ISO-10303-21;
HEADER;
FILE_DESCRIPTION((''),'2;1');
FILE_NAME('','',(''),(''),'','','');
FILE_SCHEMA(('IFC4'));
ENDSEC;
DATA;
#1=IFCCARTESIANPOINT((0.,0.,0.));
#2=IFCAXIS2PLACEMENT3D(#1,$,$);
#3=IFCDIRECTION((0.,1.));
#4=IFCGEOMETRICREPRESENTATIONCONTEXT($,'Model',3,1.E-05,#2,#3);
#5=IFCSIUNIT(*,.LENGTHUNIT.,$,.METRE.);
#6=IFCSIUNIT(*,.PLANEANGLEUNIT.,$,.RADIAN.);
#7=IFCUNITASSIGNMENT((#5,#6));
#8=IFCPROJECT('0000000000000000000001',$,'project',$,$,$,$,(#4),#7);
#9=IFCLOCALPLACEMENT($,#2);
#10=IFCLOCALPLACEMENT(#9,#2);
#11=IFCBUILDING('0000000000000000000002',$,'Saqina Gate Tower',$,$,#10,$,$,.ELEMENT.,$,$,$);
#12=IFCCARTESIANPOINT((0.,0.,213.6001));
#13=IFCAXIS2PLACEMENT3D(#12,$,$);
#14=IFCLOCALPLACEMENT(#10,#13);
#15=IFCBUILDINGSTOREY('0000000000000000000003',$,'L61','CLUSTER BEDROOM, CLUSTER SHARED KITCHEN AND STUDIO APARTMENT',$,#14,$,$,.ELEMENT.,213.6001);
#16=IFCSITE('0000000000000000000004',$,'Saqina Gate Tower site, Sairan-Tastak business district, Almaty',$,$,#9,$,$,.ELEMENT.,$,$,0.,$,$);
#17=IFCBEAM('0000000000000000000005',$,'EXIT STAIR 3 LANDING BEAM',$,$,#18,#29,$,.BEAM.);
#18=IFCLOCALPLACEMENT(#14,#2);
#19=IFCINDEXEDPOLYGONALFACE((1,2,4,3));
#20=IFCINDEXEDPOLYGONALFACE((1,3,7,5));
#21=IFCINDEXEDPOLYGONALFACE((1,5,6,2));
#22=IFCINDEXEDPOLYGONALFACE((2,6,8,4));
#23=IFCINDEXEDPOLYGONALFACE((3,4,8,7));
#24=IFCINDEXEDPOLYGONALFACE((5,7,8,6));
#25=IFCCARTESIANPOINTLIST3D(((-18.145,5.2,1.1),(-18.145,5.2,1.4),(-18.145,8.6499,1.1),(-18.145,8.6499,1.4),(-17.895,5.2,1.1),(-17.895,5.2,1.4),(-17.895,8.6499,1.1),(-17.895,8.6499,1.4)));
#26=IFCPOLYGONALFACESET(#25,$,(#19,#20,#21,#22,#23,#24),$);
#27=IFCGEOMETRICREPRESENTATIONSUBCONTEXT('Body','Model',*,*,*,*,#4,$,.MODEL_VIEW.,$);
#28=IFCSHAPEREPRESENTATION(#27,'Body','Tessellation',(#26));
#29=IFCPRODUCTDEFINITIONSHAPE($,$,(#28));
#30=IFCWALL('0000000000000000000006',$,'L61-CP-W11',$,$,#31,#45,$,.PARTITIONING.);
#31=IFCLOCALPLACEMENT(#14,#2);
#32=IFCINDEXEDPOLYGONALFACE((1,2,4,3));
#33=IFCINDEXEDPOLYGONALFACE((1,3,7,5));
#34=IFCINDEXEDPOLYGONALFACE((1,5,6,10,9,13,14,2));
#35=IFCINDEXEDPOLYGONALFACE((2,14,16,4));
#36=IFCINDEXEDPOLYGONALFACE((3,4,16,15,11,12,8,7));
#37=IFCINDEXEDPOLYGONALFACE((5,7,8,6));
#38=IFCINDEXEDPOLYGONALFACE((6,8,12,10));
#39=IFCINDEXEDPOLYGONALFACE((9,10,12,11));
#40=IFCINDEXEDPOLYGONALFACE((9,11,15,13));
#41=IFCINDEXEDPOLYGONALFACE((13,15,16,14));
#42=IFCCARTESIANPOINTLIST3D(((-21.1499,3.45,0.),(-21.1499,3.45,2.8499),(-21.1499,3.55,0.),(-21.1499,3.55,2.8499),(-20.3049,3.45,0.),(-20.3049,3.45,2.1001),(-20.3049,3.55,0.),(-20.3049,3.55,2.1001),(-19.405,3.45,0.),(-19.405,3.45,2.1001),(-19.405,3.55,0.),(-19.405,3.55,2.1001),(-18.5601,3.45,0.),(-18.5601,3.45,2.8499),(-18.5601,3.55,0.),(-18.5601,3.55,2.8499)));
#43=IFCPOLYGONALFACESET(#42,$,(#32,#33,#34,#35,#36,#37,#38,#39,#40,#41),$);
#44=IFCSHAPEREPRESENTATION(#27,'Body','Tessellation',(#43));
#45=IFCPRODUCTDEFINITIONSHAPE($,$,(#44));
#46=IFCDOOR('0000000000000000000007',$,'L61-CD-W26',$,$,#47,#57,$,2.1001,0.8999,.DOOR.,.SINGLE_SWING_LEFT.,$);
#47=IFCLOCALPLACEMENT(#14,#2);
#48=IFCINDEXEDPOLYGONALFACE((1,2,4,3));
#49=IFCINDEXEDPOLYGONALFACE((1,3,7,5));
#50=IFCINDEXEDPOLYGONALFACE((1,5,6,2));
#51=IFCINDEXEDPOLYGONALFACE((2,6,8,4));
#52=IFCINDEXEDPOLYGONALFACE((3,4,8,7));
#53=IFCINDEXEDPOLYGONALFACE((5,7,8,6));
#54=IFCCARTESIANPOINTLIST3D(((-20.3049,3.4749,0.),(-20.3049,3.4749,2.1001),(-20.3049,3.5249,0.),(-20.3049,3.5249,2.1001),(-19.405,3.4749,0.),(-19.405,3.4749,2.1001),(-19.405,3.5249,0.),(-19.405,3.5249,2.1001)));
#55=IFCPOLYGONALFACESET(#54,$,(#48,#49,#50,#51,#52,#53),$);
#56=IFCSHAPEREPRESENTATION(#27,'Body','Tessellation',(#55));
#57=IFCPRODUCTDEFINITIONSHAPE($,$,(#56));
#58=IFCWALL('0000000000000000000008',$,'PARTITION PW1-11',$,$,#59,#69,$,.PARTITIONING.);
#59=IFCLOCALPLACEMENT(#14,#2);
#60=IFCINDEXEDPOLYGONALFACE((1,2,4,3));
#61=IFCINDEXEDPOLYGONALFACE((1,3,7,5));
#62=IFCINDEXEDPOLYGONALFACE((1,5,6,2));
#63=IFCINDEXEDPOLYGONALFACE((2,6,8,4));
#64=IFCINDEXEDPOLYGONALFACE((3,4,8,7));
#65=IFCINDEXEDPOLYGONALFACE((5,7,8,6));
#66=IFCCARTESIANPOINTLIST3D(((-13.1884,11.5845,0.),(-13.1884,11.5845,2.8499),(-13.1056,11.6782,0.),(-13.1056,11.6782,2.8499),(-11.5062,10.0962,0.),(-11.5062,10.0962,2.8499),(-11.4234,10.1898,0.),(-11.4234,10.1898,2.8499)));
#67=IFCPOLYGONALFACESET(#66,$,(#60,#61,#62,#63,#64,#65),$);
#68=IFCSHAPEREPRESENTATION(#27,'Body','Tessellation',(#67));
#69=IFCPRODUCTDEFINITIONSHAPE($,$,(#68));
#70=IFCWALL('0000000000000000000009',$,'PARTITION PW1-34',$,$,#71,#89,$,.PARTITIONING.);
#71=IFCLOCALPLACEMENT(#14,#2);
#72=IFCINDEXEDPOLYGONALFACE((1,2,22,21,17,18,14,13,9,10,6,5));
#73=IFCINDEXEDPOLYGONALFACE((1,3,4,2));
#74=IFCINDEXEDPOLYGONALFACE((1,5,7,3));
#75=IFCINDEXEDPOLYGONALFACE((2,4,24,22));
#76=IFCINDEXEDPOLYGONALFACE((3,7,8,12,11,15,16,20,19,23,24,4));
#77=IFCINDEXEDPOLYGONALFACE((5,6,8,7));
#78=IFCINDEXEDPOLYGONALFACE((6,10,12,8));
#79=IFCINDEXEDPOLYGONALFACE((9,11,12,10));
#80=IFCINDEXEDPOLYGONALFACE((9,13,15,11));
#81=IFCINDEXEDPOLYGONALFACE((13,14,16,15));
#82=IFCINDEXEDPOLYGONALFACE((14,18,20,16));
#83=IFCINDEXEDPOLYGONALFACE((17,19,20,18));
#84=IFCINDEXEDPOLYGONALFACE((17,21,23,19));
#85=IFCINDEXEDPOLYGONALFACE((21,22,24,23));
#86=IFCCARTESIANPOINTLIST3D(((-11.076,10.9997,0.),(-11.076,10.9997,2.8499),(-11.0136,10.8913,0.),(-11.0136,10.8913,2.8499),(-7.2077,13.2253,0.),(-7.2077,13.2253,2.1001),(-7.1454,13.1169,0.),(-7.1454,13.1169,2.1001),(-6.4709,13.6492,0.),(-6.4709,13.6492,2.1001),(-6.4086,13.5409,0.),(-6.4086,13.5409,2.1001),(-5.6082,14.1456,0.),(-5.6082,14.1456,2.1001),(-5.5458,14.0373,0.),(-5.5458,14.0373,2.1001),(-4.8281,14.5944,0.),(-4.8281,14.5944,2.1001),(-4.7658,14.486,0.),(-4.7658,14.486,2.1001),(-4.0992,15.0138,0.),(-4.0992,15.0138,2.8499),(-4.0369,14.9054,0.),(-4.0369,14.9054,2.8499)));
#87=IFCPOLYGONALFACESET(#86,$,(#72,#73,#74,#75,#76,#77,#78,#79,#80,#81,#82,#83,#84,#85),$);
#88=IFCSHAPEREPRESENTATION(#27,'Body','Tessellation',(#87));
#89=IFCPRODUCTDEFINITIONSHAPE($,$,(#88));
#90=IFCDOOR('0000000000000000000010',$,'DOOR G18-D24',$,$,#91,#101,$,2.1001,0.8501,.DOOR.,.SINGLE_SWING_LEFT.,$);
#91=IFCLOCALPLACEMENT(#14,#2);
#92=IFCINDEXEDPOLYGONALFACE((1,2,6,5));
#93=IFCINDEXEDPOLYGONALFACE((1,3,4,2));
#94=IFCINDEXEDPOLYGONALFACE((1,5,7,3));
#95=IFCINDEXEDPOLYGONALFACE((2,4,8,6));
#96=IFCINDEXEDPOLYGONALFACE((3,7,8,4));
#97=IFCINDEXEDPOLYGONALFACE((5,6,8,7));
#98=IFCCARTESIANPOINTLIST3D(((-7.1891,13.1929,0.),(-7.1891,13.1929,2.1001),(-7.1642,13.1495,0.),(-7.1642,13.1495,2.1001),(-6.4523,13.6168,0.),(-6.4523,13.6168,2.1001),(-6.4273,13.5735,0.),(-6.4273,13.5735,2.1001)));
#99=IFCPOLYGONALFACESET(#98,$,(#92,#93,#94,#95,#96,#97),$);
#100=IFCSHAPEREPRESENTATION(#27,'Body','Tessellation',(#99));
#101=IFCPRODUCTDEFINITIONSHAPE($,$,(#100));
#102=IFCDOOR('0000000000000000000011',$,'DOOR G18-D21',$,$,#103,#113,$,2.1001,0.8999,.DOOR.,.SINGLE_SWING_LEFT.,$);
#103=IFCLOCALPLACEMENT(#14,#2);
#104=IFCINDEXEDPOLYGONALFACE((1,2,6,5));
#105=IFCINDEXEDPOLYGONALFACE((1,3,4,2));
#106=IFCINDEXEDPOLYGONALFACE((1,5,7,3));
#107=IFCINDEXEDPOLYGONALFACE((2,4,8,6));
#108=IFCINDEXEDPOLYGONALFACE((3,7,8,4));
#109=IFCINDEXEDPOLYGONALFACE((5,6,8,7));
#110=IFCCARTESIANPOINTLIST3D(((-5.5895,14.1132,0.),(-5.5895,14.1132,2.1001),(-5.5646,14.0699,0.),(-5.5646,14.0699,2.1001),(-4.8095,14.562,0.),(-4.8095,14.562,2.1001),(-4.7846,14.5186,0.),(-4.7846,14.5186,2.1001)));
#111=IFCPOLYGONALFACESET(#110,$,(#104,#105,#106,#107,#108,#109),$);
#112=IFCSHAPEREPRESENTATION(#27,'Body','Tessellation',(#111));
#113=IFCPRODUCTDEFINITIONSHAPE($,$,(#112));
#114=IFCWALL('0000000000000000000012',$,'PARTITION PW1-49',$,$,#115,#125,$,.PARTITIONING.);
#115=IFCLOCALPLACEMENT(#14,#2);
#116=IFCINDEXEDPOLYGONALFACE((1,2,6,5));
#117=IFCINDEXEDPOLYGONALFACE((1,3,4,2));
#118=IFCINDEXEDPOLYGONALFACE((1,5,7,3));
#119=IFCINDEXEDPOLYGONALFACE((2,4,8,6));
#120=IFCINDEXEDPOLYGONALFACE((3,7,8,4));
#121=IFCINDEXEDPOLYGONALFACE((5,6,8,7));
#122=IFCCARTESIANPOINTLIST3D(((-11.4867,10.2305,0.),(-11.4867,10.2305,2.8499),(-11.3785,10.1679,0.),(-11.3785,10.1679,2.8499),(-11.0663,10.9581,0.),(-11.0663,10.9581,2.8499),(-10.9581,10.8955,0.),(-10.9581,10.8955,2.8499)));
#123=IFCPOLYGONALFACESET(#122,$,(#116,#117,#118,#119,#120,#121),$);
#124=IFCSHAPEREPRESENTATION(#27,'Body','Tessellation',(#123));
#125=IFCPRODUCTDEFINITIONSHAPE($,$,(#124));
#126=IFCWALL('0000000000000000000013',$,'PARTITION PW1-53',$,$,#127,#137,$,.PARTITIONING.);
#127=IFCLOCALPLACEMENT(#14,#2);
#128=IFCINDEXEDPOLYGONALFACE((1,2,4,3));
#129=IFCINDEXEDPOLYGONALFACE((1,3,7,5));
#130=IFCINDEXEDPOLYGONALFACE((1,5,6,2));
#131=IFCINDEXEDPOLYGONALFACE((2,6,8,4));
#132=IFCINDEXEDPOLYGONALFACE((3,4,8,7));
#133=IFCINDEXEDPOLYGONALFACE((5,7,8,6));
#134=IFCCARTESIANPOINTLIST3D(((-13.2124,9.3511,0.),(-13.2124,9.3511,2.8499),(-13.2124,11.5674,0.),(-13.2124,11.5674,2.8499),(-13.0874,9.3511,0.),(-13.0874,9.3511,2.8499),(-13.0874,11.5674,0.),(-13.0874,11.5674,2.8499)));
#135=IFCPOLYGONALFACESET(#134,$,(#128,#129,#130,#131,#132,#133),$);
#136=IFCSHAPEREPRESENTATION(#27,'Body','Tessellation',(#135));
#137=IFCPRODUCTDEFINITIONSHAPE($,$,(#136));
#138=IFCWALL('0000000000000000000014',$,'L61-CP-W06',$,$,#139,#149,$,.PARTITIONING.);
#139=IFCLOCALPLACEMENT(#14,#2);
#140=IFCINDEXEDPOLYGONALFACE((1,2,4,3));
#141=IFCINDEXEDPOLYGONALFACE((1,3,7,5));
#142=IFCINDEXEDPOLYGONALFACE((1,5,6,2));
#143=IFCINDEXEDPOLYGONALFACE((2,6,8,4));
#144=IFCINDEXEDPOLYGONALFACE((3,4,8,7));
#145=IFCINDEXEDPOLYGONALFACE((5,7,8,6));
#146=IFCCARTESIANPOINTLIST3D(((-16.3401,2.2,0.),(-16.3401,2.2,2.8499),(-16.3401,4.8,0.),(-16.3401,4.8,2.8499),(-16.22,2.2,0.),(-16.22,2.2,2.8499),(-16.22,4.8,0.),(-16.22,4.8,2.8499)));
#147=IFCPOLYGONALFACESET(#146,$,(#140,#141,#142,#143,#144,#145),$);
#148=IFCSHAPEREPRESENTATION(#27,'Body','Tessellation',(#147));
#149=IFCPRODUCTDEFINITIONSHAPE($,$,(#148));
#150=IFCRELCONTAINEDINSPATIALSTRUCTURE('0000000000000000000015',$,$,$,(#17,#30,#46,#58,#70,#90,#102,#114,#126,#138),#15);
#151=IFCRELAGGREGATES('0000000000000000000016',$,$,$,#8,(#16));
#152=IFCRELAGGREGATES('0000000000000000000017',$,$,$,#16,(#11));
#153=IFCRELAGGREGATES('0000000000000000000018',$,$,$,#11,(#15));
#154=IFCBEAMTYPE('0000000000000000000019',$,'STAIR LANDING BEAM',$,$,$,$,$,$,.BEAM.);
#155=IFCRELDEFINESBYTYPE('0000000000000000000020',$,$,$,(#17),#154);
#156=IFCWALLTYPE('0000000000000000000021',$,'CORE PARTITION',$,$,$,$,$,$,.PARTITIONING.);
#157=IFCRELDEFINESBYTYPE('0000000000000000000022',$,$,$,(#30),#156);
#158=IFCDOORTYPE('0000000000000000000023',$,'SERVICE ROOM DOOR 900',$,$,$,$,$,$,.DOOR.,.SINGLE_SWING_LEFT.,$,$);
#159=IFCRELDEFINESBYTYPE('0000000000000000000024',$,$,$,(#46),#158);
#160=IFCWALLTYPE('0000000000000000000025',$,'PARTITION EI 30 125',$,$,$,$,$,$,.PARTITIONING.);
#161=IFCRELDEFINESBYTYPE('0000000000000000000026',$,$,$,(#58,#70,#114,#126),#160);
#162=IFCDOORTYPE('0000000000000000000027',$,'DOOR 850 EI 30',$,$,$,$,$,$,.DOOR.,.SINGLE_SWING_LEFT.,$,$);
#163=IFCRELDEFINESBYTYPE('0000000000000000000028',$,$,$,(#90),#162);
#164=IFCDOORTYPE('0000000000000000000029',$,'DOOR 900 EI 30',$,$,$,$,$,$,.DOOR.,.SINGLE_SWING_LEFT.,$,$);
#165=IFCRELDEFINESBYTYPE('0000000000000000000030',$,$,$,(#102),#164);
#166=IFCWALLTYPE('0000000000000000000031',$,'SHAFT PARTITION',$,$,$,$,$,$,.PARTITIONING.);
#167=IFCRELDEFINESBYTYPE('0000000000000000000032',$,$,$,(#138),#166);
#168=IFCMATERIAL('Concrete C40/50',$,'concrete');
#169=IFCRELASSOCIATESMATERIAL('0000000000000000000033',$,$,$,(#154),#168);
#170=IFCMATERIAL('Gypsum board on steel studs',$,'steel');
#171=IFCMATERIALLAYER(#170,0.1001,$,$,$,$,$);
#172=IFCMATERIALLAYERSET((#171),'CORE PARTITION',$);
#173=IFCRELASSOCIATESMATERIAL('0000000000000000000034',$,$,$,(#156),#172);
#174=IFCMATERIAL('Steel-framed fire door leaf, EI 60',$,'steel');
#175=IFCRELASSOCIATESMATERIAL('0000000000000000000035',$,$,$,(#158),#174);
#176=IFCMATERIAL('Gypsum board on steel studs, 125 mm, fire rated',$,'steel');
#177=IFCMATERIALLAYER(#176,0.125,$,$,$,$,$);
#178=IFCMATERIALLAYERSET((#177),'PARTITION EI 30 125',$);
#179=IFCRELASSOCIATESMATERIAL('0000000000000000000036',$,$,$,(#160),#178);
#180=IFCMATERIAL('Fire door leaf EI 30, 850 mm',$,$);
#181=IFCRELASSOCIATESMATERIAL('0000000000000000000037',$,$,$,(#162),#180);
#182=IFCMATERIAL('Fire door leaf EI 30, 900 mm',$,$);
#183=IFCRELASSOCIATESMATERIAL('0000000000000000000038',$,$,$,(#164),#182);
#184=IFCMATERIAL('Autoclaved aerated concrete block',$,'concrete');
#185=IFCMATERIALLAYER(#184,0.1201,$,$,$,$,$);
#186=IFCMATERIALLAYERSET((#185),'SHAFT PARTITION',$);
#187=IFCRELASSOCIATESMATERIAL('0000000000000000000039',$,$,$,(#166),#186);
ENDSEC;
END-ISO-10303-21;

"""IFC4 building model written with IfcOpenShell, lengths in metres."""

from ifc_helpers import new_model, si_unit, direction, frame, frame_2d, origin, origin_2d, place, context, subcontext, project, spatial, rectangle, extrude, material, layer, layer_set, material_profile, profile_set, type_object, element, fill, save


model = new_model("IFC4")

# Units and contexts
model_context = context("Model", 3, precision=1e-05, world=origin(), true_north=direction((0.0, 1.0)))
body_context = subcontext(model_context, "Body", "Model", "MODEL_VIEW")
ifc_project = project(units=[si_unit("LENGTHUNIT", "METRE"), si_unit("PLANEANGLEUNIT", "RADIAN")], contexts=[model_context])

# Site, building, storey
site_placement = place(None, origin())
site = spatial("IfcSite", under=ifc_project, at=site_placement, Name="Saqina Gate Tower site, Sairan-Tastak business district, Almaty", CompositionType="ELEMENT", RefElevation=0.0)
building_placement = place(site_placement, origin())
building = spatial("IfcBuilding", under=site, at=building_placement, Name="Saqina Gate Tower", CompositionType="ELEMENT")
storey_placement = place(building_placement, frame((0.0, 0.0, 213.6001)))
storey = spatial("IfcBuildingStorey", under=building, at=storey_placement, Name="L61", Description="CLUSTER BEDROOM, CLUSTER SHARED KITCHEN AND STUDIO APARTMENT", CompositionType="ELEMENT", Elevation=213.6001)

# Beam
ifc_material_1 = material(Name="Concrete C40/50", Category="concrete")
ifc_material_profile = material_profile(ifc_material_1, rectangle(XDim=0.25, YDim=0.3, at=origin_2d()), Name="STAIR LANDING BEAM")
ifc_profile_set = profile_set([ifc_material_profile], Name="Concrete C40/50")
beam_type = type_object("IfcBeamType", Name="STAIR LANDING BEAM", PredefinedType="BEAM", material=ifc_profile_set)
beam_placement = place(storey_placement, frame((-18.02, 5.2, 1.25), z_axis=(0.0, 1.0, 0.0), x_axis=(-1.0, 0.0, 0.0)))
element("IfcBeam", 1, at=beam_placement, inside=storey, type_object=beam_type, Name="EXIT STAIR 3 LANDING BEAM", PredefinedType="BEAM", context=body_context, shape_type="SweptSolid", body=[
    extrude(rectangle(XDim=0.25, YDim=0.3, at=origin_2d()), origin(), (0.0, 0.0, 1.0), 3.45),
])

# Wall, opening, door
ifc_material_2 = material(Name="Gypsum board on steel studs", Category="steel")
ifc_layer_1 = layer(ifc_material_2, 0.1001)
ifc_layer_set_1 = layer_set([ifc_layer_1], Name="CORE PARTITION")
wall_type_1 = type_object("IfcWallType", Name="CORE PARTITION", PredefinedType="PARTITIONING", material=ifc_layer_set_1)
wall_1_placement = place(storey_placement, frame((-18.5601, 3.5, 0.0), z_axis=(0.0, 0.0, 1.0), x_axis=(-1.0, 0.0, 0.0)))
wall_1 = element("IfcWall", 2, at=wall_1_placement, inside=storey, type_object=wall_type_1, Name="L61-CP-W11", PredefinedType="PARTITIONING", context=body_context, shape_type="SweptSolid", body=[
    extrude(rectangle(XDim=2.5898, YDim=0.1001, at=frame_2d((1.2949, 0.0))), origin(), (0.0, 0.0, 1.0), 2.8499),
])
opening_1_placement = place(wall_1_placement, frame((0.845, 0.0, 0.0)))
opening_1 = element("IfcOpeningElement", 3, at=opening_1_placement, cuts=wall_1, PredefinedType="OPENING", context=body_context, shape_type="SweptSolid", body=[
    extrude(rectangle(XDim=0.8999, YDim=2.1001, at=frame_2d((0.45, 1.05))), frame((0.0, 0.062, 0.0), z_axis=(0.0, -1.0, 0.0), x_axis=(1.0, 0.0, 0.0)), (0.0, 0.0, 1.0), 0.124),
])
ifc_material_3 = material(Name="Steel-framed fire door leaf, EI 60", Category="steel")
door_type_1 = type_object("IfcDoorType", Name="SERVICE ROOM DOOR 900", OperationType="SINGLE_SWING_LEFT", PredefinedType="DOOR", material=ifc_material_3)
door_1_placement = place(opening_1_placement, frame((0.8999, 0.0, 0.0), z_axis=(0.0, 0.0, 1.0), x_axis=(-1.0, 0.0, 0.0)))
door_1 = element("IfcDoor", 4, at=door_1_placement, inside=storey, type_object=door_type_1, Name="L61-CD-W26", OperationType="SINGLE_SWING_LEFT", OverallHeight=2.1001, OverallWidth=0.8999, PredefinedType="DOOR", context=body_context, shape_type="SweptSolid", body=[
    extrude(rectangle(XDim=0.8999, YDim=2.1001, at=frame_2d((0.45, 1.05))), frame((0.0, 0.0249, 0.0), z_axis=(0.0, -1.0, 0.0), x_axis=(1.0, 0.0, 0.0)), (0.0, 0.0, 1.0), 0.05),
])
fill(opening_1, door_1)

# Wall
ifc_material_4 = material(Name="Gypsum board on steel studs, 125 mm, fire rated", Category="steel")
ifc_layer_2 = layer(ifc_material_4, 0.125)
ifc_layer_set_2 = layer_set([ifc_layer_2], Name="PARTITION EI 30 125")
wall_type_2 = type_object("IfcWallType", Name="PARTITION EI 30 125", PredefinedType="PARTITIONING", material=ifc_layer_set_2)
wall_2_placement = place(storey_placement, frame((-13.147, 11.6313, 0.0), z_axis=(0.0, 0.0, 1.0), x_axis=(0.748943, -0.662635, 0.0)))
element("IfcWall", 5, at=wall_2_placement, inside=storey, type_object=wall_type_2, Name="PARTITION PW1-11", PredefinedType="PARTITIONING", context=body_context, shape_type="SweptSolid", body=[
    extrude(rectangle(XDim=2.2461, YDim=0.125, at=frame_2d((1.123, 0.0))), origin(), (0.0, 0.0, 1.0), 2.8499),
])

# Wall, openings, doors
wall_3_placement = place(storey_placement, frame((-11.0447, 10.9456, 0.0), z_axis=(0.0, 0.0, 1.0), x_axis=(0.866772, 0.498704, 0.0)))
wall_3 = element("IfcWall", 6, at=wall_3_placement, inside=storey, type_object=wall_type_2, Name="PARTITION PW1-34", PredefinedType="PARTITIONING", context=body_context, shape_type="SweptSolid", body=[
    extrude(rectangle(XDim=8.0491, YDim=0.125, at=frame_2d((4.0244, 0.0))), origin(), (0.0, 0.0, 1.0), 2.8499),
])
opening_2_placement = place(wall_3_placement, frame((6.3081, 0.0, 0.0)))
opening_2 = element("IfcOpeningElement", 7, at=opening_2_placement, cuts=wall_3, PredefinedType="OPENING", context=body_context, shape_type="SweptSolid", body=[
    extrude(rectangle(XDim=0.8999, YDim=2.1001, at=frame_2d((0.45, 1.05))), frame((0.0, 0.0745, 0.0), z_axis=(0.0, -1.0, 0.0), x_axis=(1.0, 0.0, 0.0)), (0.0, 0.0, 1.0), 0.1489),
])
opening_3_placement = place(wall_3_placement, frame((4.4626, 0.0, 0.0)))
opening_3 = element("IfcOpeningElement", 8, at=opening_3_placement, cuts=wall_3, PredefinedType="OPENING", context=body_context, shape_type="SweptSolid", body=[
    extrude(rectangle(XDim=0.8501, YDim=2.1001, at=frame_2d((0.425, 1.05))), frame((0.0, 0.0745, 0.0), z_axis=(0.0, -1.0, 0.0), x_axis=(1.0, 0.0, 0.0)), (0.0, 0.0, 1.0), 0.1489),
])
ifc_material_5 = material(Name="Fire door leaf EI 30, 850 mm")
door_type_2 = type_object("IfcDoorType", Name="DOOR 850 EI 30", OperationType="SINGLE_SWING_LEFT", PredefinedType="DOOR", material=ifc_material_5)
door_2_placement = place(opening_3_placement, frame((0.8501, 0.0, 0.0), z_axis=(0.0, 0.0, 1.0), x_axis=(-1.0, 0.0, 0.0)))
door_2 = element("IfcDoor", 9, at=door_2_placement, inside=storey, type_object=door_type_2, Name="DOOR G18-D24", OperationType="SINGLE_SWING_LEFT", OverallHeight=2.1001, OverallWidth=0.8501, PredefinedType="DOOR", context=body_context, shape_type="SweptSolid", body=[
    extrude(rectangle(XDim=0.8501, YDim=2.1001, at=frame_2d((0.425, 1.05))), frame((0.0, 0.0249, 0.0), z_axis=(0.0, -1.0, 0.0), x_axis=(1.0, 0.0, 0.0)), (0.0, 0.0, 1.0), 0.05),
])
fill(opening_3, door_2)
ifc_material_6 = material(Name="Fire door leaf EI 30, 900 mm")
door_type_3 = type_object("IfcDoorType", Name="DOOR 900 EI 30", OperationType="SINGLE_SWING_LEFT", PredefinedType="DOOR", material=ifc_material_6)
door_3_placement = place(opening_2_placement, frame((0.8999, 0.0, 0.0), z_axis=(0.0, 0.0, 1.0), x_axis=(-1.0, 0.0, 0.0)))
door_3 = element("IfcDoor", 10, at=door_3_placement, inside=storey, type_object=door_type_3, Name="DOOR G18-D21", OperationType="SINGLE_SWING_LEFT", OverallHeight=2.1001, OverallWidth=0.8999, PredefinedType="DOOR", context=body_context, shape_type="SweptSolid", body=[
    extrude(rectangle(XDim=0.8999, YDim=2.1001, at=frame_2d((0.45, 1.05))), frame((0.0, 0.0249, 0.0), z_axis=(0.0, -1.0, 0.0), x_axis=(1.0, 0.0, 0.0)), (0.0, 0.0, 1.0), 0.05),
])
fill(opening_2, door_3)

# Walls
wall_4_placement = place(storey_placement, frame((-11.4326, 10.1992, 0.0), z_axis=(0.0, 0.0, 1.0), x_axis=(0.500326, 0.865837, 0.0)))
element("IfcWall", 11, at=wall_4_placement, inside=storey, type_object=wall_type_2, Name="PARTITION PW1-49", PredefinedType="PARTITIONING", context=body_context, shape_type="SweptSolid", body=[
    extrude(rectangle(XDim=0.8403, YDim=0.125, at=frame_2d((0.4202, 0.0))), origin(), (0.0, 0.0, 1.0), 2.8499),
])
wall_5_placement = place(storey_placement, frame((-13.1499, 9.3511, 0.0), z_axis=(0.0, 0.0, 1.0), x_axis=(0.0, 1.0, 0.0)))
element("IfcWall", 12, at=wall_5_placement, inside=storey, type_object=wall_type_2, Name="PARTITION PW1-53", PredefinedType="PARTITIONING", context=body_context, shape_type="SweptSolid", body=[
    extrude(rectangle(XDim=2.2163, YDim=0.125, at=frame_2d((1.1082, 0.0))), origin(), (0.0, 0.0, 1.0), 2.8499),
])
ifc_material_7 = material(Name="Autoclaved aerated concrete block", Category="concrete")
ifc_layer_3 = layer(ifc_material_7, 0.1201)
ifc_layer_set_3 = layer_set([ifc_layer_3], Name="SHAFT PARTITION")
wall_type_3 = type_object("IfcWallType", Name="SHAFT PARTITION", PredefinedType="PARTITIONING", material=ifc_layer_set_3)
wall_6_placement = place(storey_placement, frame((-16.28, 2.2, 0.0), z_axis=(0.0, 0.0, 1.0), x_axis=(0.0, 1.0, 0.0)))
element("IfcWall", 13, at=wall_6_placement, inside=storey, type_object=wall_type_3, Name="L61-CP-W06", PredefinedType="PARTITIONING", context=body_context, shape_type="SweptSolid", body=[
    extrude(rectangle(XDim=2.6001, YDim=0.1201, at=frame_2d((1.3, 0.0))), origin(), (0.0, 0.0, 1.0), 2.8499),
])

save(model, "model.ifc")
